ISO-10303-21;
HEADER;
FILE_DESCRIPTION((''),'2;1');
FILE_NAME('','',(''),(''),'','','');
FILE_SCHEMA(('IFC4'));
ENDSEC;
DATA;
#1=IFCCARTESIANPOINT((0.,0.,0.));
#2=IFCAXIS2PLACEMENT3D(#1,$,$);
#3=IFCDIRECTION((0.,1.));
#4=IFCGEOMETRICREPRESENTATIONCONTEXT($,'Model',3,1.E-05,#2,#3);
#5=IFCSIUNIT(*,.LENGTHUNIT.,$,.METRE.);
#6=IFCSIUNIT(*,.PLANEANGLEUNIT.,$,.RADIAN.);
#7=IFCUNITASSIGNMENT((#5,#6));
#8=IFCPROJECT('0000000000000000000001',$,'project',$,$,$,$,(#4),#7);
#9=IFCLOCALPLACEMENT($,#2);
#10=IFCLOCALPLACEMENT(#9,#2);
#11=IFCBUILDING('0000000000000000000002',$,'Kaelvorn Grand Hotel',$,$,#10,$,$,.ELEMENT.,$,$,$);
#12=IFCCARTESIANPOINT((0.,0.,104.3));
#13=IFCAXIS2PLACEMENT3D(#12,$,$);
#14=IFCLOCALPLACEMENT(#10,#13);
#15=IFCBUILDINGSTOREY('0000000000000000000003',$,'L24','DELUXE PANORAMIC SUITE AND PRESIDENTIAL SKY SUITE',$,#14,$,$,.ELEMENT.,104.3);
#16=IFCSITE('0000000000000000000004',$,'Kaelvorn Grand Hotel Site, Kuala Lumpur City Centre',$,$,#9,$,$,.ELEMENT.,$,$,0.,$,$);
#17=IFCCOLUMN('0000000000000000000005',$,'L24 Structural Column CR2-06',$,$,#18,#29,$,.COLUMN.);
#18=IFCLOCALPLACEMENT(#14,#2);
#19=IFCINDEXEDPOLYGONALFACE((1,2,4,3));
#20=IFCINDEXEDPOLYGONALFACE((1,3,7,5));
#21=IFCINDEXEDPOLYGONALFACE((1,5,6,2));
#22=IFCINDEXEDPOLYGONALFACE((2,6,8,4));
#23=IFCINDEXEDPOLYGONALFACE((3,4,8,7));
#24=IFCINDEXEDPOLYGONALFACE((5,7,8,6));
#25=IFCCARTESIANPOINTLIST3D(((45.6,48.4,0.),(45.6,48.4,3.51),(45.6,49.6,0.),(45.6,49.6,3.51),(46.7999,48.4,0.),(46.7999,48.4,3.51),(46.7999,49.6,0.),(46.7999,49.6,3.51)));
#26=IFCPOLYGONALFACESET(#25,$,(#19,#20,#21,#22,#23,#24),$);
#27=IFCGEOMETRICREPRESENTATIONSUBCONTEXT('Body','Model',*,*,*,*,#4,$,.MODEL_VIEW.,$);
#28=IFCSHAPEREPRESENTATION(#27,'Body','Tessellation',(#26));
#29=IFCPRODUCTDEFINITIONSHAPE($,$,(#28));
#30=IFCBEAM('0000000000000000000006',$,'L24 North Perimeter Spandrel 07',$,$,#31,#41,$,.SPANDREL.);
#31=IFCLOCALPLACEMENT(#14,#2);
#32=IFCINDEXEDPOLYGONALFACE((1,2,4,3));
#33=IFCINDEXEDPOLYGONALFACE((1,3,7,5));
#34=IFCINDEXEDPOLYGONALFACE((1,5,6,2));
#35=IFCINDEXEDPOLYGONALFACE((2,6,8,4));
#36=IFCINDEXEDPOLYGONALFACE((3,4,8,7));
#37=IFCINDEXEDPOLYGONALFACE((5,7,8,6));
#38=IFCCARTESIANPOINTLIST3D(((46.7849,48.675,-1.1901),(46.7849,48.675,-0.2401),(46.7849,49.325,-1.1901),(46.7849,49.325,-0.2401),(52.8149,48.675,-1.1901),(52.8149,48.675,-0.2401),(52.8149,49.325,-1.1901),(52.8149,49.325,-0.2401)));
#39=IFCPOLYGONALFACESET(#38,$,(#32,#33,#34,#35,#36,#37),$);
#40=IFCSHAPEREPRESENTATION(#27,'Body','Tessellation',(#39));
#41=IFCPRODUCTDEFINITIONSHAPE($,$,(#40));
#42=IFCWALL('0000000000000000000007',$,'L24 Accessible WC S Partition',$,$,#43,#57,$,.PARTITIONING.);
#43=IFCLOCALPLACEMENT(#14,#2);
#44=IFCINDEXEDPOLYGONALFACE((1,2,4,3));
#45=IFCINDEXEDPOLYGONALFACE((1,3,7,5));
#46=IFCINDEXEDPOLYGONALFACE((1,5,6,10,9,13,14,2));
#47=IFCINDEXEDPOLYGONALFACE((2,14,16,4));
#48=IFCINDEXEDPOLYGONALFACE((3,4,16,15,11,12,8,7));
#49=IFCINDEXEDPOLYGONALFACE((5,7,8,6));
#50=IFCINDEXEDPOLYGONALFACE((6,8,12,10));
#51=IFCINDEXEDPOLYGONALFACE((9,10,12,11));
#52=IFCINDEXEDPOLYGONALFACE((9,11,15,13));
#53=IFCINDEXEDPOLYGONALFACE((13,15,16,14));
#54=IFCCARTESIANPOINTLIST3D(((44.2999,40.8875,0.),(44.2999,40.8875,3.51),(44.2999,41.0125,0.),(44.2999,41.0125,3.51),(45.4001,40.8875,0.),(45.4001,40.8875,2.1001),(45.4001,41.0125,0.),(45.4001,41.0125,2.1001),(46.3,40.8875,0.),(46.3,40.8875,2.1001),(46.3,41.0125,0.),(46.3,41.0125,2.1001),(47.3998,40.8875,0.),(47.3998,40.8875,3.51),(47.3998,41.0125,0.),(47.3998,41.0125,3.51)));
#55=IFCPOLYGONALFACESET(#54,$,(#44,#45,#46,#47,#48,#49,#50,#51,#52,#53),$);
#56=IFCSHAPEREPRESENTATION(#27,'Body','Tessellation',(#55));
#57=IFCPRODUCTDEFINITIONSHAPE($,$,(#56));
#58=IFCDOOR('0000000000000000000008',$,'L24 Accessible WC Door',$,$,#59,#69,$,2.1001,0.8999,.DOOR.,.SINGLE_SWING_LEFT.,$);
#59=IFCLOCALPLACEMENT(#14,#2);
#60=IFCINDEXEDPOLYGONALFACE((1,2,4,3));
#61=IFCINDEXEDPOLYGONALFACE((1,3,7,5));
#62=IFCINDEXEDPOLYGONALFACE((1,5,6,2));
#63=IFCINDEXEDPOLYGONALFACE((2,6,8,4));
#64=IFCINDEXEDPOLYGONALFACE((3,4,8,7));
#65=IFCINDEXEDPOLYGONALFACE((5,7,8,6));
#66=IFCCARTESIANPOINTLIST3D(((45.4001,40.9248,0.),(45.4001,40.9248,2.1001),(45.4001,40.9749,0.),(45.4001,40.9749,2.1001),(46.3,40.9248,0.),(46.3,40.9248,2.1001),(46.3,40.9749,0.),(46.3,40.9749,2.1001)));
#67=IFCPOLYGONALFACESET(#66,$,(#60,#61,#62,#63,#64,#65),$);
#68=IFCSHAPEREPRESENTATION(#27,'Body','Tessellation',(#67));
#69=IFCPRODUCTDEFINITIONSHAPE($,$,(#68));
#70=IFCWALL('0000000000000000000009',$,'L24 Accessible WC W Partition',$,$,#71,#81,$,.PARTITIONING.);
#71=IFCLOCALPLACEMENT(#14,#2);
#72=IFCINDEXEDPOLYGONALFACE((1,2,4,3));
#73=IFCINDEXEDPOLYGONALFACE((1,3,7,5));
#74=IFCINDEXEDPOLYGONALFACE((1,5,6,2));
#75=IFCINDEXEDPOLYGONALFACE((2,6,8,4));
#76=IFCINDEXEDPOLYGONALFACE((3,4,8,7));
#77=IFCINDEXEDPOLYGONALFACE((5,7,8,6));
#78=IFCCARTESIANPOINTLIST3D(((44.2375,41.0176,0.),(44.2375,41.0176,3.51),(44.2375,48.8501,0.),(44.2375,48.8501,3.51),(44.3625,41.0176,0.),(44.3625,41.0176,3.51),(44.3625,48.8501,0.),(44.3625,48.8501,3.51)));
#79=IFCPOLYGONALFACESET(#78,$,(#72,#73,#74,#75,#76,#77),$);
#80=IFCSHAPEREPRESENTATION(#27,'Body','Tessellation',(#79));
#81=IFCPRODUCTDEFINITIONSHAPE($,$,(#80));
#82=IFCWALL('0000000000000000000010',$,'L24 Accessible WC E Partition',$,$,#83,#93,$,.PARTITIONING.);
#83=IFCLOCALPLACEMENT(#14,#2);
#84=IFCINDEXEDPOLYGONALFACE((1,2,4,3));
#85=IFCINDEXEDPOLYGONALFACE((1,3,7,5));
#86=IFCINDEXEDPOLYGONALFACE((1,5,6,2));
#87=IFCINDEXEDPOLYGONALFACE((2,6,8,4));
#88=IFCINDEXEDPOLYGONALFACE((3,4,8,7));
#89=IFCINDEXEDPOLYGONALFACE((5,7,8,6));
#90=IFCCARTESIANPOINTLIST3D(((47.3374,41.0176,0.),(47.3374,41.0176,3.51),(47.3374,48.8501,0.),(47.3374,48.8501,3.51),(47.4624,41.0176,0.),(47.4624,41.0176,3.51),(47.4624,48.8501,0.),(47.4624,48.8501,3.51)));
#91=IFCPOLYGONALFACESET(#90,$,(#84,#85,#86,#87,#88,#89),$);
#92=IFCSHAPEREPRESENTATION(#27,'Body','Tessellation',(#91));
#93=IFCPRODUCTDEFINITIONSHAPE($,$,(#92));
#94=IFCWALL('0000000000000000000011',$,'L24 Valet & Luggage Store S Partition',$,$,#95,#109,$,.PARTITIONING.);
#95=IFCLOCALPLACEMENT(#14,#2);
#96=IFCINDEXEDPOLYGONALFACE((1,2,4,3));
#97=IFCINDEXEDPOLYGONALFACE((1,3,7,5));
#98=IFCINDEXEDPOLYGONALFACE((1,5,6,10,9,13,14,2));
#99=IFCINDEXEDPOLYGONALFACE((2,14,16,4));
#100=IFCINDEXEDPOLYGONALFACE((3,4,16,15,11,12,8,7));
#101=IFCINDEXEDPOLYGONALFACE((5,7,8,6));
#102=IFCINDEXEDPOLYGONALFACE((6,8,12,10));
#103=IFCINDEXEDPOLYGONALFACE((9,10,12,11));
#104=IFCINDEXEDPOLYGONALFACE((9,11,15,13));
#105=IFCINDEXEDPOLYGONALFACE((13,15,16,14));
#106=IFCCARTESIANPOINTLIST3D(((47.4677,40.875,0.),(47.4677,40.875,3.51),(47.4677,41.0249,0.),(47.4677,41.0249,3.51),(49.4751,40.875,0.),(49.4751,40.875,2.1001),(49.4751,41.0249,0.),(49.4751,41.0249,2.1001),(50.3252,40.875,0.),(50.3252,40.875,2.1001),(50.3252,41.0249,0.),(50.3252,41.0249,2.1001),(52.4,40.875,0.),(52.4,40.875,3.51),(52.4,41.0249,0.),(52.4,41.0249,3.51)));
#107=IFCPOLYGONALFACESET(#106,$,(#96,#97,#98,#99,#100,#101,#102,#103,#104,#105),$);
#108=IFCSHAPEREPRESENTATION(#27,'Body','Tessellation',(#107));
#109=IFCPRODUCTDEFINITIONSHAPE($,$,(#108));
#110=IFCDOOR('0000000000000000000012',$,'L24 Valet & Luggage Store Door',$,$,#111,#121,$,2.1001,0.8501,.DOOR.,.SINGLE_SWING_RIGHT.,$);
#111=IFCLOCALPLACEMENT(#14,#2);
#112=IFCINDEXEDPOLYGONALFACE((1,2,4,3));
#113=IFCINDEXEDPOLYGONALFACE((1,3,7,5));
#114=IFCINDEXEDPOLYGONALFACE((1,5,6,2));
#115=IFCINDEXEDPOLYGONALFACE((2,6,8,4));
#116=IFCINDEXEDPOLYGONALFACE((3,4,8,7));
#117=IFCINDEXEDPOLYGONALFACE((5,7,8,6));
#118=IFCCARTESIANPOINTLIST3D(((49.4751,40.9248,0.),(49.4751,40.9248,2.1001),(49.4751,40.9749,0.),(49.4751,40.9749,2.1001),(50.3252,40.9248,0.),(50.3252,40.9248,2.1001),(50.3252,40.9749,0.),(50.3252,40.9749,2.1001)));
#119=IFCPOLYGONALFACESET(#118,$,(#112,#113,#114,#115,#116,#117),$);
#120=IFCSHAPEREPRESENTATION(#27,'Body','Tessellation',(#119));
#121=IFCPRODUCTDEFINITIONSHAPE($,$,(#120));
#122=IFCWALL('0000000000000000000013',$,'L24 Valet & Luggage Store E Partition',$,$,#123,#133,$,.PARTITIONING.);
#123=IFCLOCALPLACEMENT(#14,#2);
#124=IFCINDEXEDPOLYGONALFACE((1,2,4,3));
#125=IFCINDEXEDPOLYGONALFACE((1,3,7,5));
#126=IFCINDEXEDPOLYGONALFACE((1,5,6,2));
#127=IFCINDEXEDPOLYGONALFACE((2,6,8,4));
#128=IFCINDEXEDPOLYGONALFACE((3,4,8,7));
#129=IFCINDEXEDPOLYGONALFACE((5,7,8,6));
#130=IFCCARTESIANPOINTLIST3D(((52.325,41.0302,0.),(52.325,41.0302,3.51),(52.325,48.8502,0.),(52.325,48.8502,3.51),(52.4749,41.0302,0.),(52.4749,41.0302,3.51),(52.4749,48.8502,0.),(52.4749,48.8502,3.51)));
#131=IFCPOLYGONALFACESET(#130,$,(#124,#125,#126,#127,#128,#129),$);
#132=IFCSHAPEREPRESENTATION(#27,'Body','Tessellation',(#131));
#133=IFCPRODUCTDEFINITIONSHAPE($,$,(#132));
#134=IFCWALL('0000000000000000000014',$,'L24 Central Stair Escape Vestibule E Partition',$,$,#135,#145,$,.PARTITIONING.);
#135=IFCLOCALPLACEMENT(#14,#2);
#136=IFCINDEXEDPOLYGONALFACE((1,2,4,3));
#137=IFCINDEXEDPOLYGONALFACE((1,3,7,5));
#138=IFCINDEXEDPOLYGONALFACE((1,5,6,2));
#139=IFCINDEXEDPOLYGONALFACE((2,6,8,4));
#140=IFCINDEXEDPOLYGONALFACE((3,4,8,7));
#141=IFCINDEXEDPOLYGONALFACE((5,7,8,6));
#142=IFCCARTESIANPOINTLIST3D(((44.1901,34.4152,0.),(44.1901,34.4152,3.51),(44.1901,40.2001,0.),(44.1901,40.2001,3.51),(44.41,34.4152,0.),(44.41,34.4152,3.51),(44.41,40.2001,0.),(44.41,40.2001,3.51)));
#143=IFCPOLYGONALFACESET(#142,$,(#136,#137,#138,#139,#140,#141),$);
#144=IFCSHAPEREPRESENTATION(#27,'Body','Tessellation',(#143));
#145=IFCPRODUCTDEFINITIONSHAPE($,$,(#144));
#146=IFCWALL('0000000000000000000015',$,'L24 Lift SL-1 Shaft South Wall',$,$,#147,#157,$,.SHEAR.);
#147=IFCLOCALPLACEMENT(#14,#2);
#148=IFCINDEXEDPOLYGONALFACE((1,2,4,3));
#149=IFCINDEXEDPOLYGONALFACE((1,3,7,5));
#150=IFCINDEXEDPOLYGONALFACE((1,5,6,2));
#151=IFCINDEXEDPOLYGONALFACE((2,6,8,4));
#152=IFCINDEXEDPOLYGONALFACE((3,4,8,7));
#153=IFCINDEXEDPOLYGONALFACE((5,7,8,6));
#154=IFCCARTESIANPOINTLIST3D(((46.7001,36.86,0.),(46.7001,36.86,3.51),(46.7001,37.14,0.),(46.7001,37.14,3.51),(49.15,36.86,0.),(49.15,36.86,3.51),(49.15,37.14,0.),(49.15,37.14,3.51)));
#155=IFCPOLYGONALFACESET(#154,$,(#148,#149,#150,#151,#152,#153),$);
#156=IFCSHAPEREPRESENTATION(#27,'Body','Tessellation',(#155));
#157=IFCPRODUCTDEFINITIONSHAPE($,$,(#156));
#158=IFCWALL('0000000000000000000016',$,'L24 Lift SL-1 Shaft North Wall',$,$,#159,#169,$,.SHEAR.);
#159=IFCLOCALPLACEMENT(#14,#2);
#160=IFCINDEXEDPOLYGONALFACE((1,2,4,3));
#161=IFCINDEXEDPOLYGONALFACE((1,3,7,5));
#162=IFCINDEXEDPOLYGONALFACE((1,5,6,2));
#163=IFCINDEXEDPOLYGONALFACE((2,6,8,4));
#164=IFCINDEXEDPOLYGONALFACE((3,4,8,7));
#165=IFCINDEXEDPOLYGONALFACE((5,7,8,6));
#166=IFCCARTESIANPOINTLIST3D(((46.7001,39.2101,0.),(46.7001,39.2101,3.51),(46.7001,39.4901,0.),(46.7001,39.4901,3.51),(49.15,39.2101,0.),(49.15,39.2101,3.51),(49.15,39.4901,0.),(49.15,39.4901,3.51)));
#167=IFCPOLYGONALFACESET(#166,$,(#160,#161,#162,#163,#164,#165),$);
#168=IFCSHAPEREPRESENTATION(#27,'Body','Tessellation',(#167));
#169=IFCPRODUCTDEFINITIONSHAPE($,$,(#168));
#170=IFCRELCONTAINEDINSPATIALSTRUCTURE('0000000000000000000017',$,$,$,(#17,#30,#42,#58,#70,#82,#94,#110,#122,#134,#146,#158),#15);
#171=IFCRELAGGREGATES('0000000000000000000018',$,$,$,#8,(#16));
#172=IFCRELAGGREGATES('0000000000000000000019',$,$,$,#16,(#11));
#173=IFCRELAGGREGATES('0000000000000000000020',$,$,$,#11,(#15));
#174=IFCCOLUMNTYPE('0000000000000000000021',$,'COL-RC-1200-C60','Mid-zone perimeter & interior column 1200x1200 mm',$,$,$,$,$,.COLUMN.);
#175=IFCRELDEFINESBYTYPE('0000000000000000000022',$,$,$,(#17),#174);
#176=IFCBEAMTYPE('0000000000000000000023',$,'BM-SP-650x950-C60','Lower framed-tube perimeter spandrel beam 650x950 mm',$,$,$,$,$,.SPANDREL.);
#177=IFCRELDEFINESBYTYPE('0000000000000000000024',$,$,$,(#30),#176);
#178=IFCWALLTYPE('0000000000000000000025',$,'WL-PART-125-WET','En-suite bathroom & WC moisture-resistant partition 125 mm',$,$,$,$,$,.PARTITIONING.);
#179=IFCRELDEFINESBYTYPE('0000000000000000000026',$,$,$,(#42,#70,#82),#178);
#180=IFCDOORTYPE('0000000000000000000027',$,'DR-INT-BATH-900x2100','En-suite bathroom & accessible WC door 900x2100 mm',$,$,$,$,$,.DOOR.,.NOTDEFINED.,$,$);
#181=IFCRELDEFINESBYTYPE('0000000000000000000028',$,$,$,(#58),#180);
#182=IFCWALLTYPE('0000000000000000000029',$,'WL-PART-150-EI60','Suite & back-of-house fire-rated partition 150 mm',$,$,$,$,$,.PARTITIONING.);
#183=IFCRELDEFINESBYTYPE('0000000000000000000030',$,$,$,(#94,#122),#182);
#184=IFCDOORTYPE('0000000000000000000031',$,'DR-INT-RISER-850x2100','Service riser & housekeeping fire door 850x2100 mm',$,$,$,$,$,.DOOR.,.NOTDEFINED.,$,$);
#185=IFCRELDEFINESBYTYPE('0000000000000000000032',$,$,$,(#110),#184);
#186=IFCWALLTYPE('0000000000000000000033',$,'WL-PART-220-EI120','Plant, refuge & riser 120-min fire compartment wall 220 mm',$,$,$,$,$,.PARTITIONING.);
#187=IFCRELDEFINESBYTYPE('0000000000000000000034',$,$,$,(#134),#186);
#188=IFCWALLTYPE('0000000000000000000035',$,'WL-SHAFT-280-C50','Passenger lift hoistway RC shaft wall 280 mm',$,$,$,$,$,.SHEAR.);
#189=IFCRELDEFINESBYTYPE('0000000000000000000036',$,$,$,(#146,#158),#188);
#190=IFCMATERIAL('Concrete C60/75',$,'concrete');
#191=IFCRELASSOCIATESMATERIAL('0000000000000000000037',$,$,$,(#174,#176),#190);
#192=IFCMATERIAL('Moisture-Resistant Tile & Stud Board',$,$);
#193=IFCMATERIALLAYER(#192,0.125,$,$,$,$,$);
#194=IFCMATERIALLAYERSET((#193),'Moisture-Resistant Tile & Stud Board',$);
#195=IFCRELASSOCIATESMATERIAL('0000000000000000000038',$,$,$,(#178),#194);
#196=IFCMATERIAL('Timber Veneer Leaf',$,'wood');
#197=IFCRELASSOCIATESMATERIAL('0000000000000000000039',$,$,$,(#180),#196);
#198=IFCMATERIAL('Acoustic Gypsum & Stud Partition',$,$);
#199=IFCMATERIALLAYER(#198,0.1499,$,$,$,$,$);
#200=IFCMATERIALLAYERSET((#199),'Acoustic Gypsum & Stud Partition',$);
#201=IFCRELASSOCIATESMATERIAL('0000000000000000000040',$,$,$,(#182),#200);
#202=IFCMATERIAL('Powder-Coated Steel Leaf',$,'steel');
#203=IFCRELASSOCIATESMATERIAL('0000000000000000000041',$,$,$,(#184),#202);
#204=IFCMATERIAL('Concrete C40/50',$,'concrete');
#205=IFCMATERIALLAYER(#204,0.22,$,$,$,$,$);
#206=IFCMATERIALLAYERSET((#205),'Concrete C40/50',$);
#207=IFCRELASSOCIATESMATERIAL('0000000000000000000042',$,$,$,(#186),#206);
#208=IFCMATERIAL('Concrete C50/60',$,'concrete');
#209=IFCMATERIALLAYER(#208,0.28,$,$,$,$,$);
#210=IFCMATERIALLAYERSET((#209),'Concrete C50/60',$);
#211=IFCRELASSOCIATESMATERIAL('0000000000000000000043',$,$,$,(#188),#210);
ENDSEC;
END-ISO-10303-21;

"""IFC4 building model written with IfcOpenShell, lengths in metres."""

from ifc_helpers import new_model, si_unit, direction, frame, frame_2d, origin, origin_2d, place, context, subcontext, project, spatial, rectangle, extrude, material, layer, layer_set, material_profile, profile_set, type_object, element, fill, save


model = new_model("IFC4")

# Units and contexts
model_context = context("Model", 3, precision=1e-05, world=origin(), true_north=direction((0.0, 1.0)))
body_context = subcontext(model_context, "Body", "Model", "MODEL_VIEW")
ifc_project = project(units=[si_unit("LENGTHUNIT", "METRE"), si_unit("PLANEANGLEUNIT", "RADIAN")], contexts=[model_context])

# Site, building, storey
site_placement = place(None, origin())
site = spatial("IfcSite", under=ifc_project, at=site_placement, Name="Kaelvorn Grand Hotel Site, Kuala Lumpur City Centre", CompositionType="ELEMENT", RefElevation=0.0)
building_placement = place(site_placement, origin())
building = spatial("IfcBuilding", under=site, at=building_placement, Name="Kaelvorn Grand Hotel", CompositionType="ELEMENT")
storey_placement = place(building_placement, frame((0.0, 0.0, 104.3)))
storey = spatial("IfcBuildingStorey", under=building, at=storey_placement, Name="L24", Description="DELUXE PANORAMIC SUITE AND PRESIDENTIAL SKY SUITE", CompositionType="ELEMENT", Elevation=104.3)

# Column
ifc_material_1 = material(Name="Concrete C60/75", Category="concrete")
ifc_material_profile_1 = material_profile(ifc_material_1, rectangle(XDim=1.2, YDim=1.2, at=origin_2d()), Name="RC COL 1200x1200")
ifc_profile_set_1 = profile_set([ifc_material_profile_1], Name="Concrete C60/75")
column_type = type_object("IfcColumnType", Name="COL-RC-1200-C60", Description="Mid-zone perimeter & interior column 1200x1200 mm", PredefinedType="COLUMN", material=ifc_profile_set_1)
column_placement = place(storey_placement, frame((46.2, 49.0, 0.0), z_axis=(0.0, 0.0, 1.0), x_axis=(1.0, 0.0, 0.0)))
element("IfcColumn", 1, at=column_placement, inside=storey, type_object=column_type, Name="L24 Structural Column CR2-06", PredefinedType="COLUMN", context=body_context, shape_type="SweptSolid", body=[
    extrude(rectangle(XDim=1.2, YDim=1.2, at=origin_2d()), origin(), (0.0, 0.0, 1.0), 3.51),
])

# Beam
ifc_material_profile_2 = material_profile(ifc_material_1, rectangle(XDim=0.6499, YDim=0.95, at=origin_2d()), Name="RC SPANDREL 650x950")
ifc_profile_set_2 = profile_set([ifc_material_profile_2], Name="Concrete C60/75")
beam_type = type_object("IfcBeamType", Name="BM-SP-650x950-C60", Description="Lower framed-tube perimeter spandrel beam 650x950 mm", PredefinedType="SPANDREL", material=ifc_profile_set_2)
beam_placement = place(storey_placement, frame((46.7849, 49.0, -0.7151), z_axis=(1.0, 0.0, 0.0), x_axis=(0.0, 1.0, 0.0)))
element("IfcBeam", 2, at=beam_placement, inside=storey, type_object=beam_type, Name="L24 North Perimeter Spandrel 07", PredefinedType="SPANDREL", context=body_context, shape_type="SweptSolid", body=[
    extrude(rectangle(XDim=0.6499, YDim=0.95, at=origin_2d()), origin(), (0.0, 0.0, 1.0), 6.03),
])

# Wall, opening, door
ifc_material_2 = material(Name="Moisture-Resistant Tile & Stud Board")
ifc_layer_1 = layer(ifc_material_2, 0.125)
ifc_layer_set_1 = layer_set([ifc_layer_1], Name="Moisture-Resistant Tile & Stud Board")
wall_type_1 = type_object("IfcWallType", Name="WL-PART-125-WET", Description="En-suite bathroom & WC moisture-resistant partition 125 mm", PredefinedType="PARTITIONING", material=ifc_layer_set_1)
wall_1_placement = place(storey_placement, frame((44.3, 40.95, 0.0), z_axis=(0.0, 0.0, 1.0), x_axis=(1.0, 0.0, 0.0)))
wall_1 = element("IfcWall", 3, at=wall_1_placement, inside=storey, type_object=wall_type_1, Name="L24 Accessible WC S Partition", PredefinedType="PARTITIONING", context=body_context, shape_type="SweptSolid", body=[
    extrude(rectangle(XDim=3.0999, YDim=0.125, at=frame_2d((1.5498, 0.0))), origin(), (0.0, 0.0, 1.0), 3.51),
])
opening_1_placement = place(wall_1_placement, frame((1.1001, 0.0, 0.0)))
opening_1 = element("IfcOpeningElement", 4, at=opening_1_placement, cuts=wall_1, PredefinedType="OPENING", context=body_context, shape_type="SweptSolid", body=[
    extrude(rectangle(XDim=0.8999, YDim=2.1001, at=frame_2d((0.45, 1.05))), frame((0.0, 0.0725, 0.0), z_axis=(0.0, -1.0, 0.0), x_axis=(1.0, 0.0, 0.0)), (0.0, 0.0, 1.0), 0.145),
])
ifc_material_3 = material(Name="Timber Veneer Leaf", Category="wood")
door_type_1 = type_object("IfcDoorType", Name="DR-INT-BATH-900x2100", Description="En-suite bathroom & accessible WC door 900x2100 mm", OperationType="NOTDEFINED", PredefinedType="DOOR", material=ifc_material_3)
door_1_placement = place(opening_1_placement, origin())
door_1 = element("IfcDoor", 5, at=door_1_placement, inside=storey, type_object=door_type_1, Name="L24 Accessible WC Door", OperationType="SINGLE_SWING_LEFT", OverallHeight=2.1001, OverallWidth=0.8999, PredefinedType="DOOR", context=body_context, shape_type="SweptSolid", body=[
    extrude(rectangle(XDim=0.8999, YDim=2.1001, at=frame_2d((0.45, 1.05))), frame((0.0, 0.0249, 0.0), z_axis=(0.0, -1.0, 0.0), x_axis=(1.0, 0.0, 0.0)), (0.0, 0.0, 1.0), 0.05),
])
fill(opening_1, door_1)

# Walls
for number, where, z_axis, x_axis, name in (
    (6, (44.3, 41.0176, 0.0), (0.0, 0.0, 1.0), (0.0, 1.0, 0.0), "L24 Accessible WC W Partition"),
    (7, (47.3999, 41.0176, 0.0), (0.0, 0.0, 1.0), (0.0, 1.0, 0.0), "L24 Accessible WC E Partition"),
):
    element("IfcWall", number, at=place(storey_placement, frame(where, z_axis=z_axis, x_axis=x_axis)), inside=storey, type_object=wall_type_1, Name=name, PredefinedType="PARTITIONING", context=body_context, shape_type="SweptSolid", body=[
        extrude(rectangle(XDim=7.8325, YDim=0.125, at=frame_2d((3.9163, 0.0))), origin(), (0.0, 0.0, 1.0), 3.51),
    ])

# Wall, opening, door
ifc_material_4 = material(Name="Acoustic Gypsum & Stud Partition")
ifc_layer_2 = layer(ifc_material_4, 0.1499)
ifc_layer_set_2 = layer_set([ifc_layer_2], Name="Acoustic Gypsum & Stud Partition")
wall_type_2 = type_object("IfcWallType", Name="WL-PART-150-EI60", Description="Suite & back-of-house fire-rated partition 150 mm", PredefinedType="PARTITIONING", material=ifc_layer_set_2)
wall_2_placement = place(storey_placement, frame((47.4675, 40.95, 0.0), z_axis=(0.0, 0.0, 1.0), x_axis=(1.0, 0.0, 0.0)))
wall_2 = element("IfcWall", 8, at=wall_2_placement, inside=storey, type_object=wall_type_2, Name="L24 Valet & Luggage Store S Partition", PredefinedType="PARTITIONING", context=body_context, shape_type="SweptSolid", body=[
    extrude(rectangle(XDim=4.9324, YDim=0.1499, at=frame_2d((2.4663, 0.0))), origin(), (0.0, 0.0, 1.0), 3.51),
])
opening_2_placement = place(wall_2_placement, frame((2.0076, 0.0, 0.0)))
opening_2 = element("IfcOpeningElement", 9, at=opening_2_placement, cuts=wall_2, PredefinedType="OPENING", context=body_context, shape_type="SweptSolid", body=[
    extrude(rectangle(XDim=0.8501, YDim=2.1001, at=frame_2d((0.425, 1.05))), frame((0.0, 0.085, 0.0), z_axis=(0.0, -1.0, 0.0), x_axis=(1.0, 0.0, 0.0)), (0.0, 0.0, 1.0), 0.1699),
])
ifc_material_5 = material(Name="Powder-Coated Steel Leaf", Category="steel")
door_type_2 = type_object("IfcDoorType", Name="DR-INT-RISER-850x2100", Description="Service riser & housekeeping fire door 850x2100 mm", OperationType="NOTDEFINED", PredefinedType="DOOR", material=ifc_material_5)
door_2_placement = place(opening_2_placement, origin())
door_2 = element("IfcDoor", 10, at=door_2_placement, inside=storey, type_object=door_type_2, Name="L24 Valet & Luggage Store Door", OperationType="SINGLE_SWING_RIGHT", OverallHeight=2.1001, OverallWidth=0.8501, PredefinedType="DOOR", context=body_context, shape_type="SweptSolid", body=[
    extrude(rectangle(XDim=0.8501, YDim=2.1001, at=frame_2d((0.425, 1.05))), frame((0.0, 0.0249, 0.0), z_axis=(0.0, -1.0, 0.0), x_axis=(1.0, 0.0, 0.0)), (0.0, 0.0, 1.0), 0.05),
])
fill(opening_2, door_2)

# Walls
wall_3_placement = place(storey_placement, frame((52.3999, 41.03, 0.0), z_axis=(0.0, 0.0, 1.0), x_axis=(0.0, 1.0, 0.0)))
element("IfcWall", 11, at=wall_3_placement, inside=storey, type_object=wall_type_2, Name="L24 Valet & Luggage Store E Partition", PredefinedType="PARTITIONING", context=body_context, shape_type="SweptSolid", body=[
    extrude(rectangle(XDim=7.8201, YDim=0.1499, at=frame_2d((3.9102, 0.0))), origin(), (0.0, 0.0, 1.0), 3.51),
])
ifc_material_6 = material(Name="Concrete C40/50", Category="concrete")
ifc_layer_3 = layer(ifc_material_6, 0.22)
ifc_layer_set_3 = layer_set([ifc_layer_3], Name="Concrete C40/50")
wall_type_3 = type_object("IfcWallType", Name="WL-PART-220-EI120", Description="Plant, refuge & riser 120-min fire compartment wall 220 mm", PredefinedType="PARTITIONING", material=ifc_layer_set_3)
wall_4_placement = place(storey_placement, frame((44.3, 34.415, 0.0), z_axis=(0.0, 0.0, 1.0), x_axis=(0.0, 1.0, 0.0)))
element("IfcWall", 12, at=wall_4_placement, inside=storey, type_object=wall_type_3, Name="L24 Central Stair Escape Vestibule E Partition", PredefinedType="PARTITIONING", context=body_context, shape_type="SweptSolid", body=[
    extrude(rectangle(XDim=5.7849, YDim=0.22, at=frame_2d((2.8926, 0.0))), origin(), (0.0, 0.0, 1.0), 3.51),
])
ifc_material_7 = material(Name="Concrete C50/60", Category="concrete")
ifc_layer_4 = layer(ifc_material_7, 0.28)
ifc_layer_set_4 = layer_set([ifc_layer_4], Name="Concrete C50/60")
wall_type_4 = type_object("IfcWallType", Name="WL-SHAFT-280-C50", Description="Passenger lift hoistway RC shaft wall 280 mm", PredefinedType="SHEAR", material=ifc_layer_set_4)
for number, where, z_axis, x_axis, name in (
    (13, (46.7, 37.0, 0.0), (0.0, 0.0, 1.0), (1.0, 0.0, 0.0), "L24 Lift SL-1 Shaft South Wall"),
    (14, (46.7, 39.3501, 0.0), (0.0, 0.0, 1.0), (1.0, 0.0, 0.0), "L24 Lift SL-1 Shaft North Wall"),
):
    element("IfcWall", number, at=place(storey_placement, frame(where, z_axis=z_axis, x_axis=x_axis)), inside=storey, type_object=wall_type_4, Name=name, PredefinedType="SHEAR", context=body_context, shape_type="SweptSolid", body=[
        extrude(rectangle(XDim=2.45, YDim=0.28, at=frame_2d((1.2251, 0.0))), origin(), (0.0, 0.0, 1.0), 3.51),
    ])

save(model, "model.ifc")
